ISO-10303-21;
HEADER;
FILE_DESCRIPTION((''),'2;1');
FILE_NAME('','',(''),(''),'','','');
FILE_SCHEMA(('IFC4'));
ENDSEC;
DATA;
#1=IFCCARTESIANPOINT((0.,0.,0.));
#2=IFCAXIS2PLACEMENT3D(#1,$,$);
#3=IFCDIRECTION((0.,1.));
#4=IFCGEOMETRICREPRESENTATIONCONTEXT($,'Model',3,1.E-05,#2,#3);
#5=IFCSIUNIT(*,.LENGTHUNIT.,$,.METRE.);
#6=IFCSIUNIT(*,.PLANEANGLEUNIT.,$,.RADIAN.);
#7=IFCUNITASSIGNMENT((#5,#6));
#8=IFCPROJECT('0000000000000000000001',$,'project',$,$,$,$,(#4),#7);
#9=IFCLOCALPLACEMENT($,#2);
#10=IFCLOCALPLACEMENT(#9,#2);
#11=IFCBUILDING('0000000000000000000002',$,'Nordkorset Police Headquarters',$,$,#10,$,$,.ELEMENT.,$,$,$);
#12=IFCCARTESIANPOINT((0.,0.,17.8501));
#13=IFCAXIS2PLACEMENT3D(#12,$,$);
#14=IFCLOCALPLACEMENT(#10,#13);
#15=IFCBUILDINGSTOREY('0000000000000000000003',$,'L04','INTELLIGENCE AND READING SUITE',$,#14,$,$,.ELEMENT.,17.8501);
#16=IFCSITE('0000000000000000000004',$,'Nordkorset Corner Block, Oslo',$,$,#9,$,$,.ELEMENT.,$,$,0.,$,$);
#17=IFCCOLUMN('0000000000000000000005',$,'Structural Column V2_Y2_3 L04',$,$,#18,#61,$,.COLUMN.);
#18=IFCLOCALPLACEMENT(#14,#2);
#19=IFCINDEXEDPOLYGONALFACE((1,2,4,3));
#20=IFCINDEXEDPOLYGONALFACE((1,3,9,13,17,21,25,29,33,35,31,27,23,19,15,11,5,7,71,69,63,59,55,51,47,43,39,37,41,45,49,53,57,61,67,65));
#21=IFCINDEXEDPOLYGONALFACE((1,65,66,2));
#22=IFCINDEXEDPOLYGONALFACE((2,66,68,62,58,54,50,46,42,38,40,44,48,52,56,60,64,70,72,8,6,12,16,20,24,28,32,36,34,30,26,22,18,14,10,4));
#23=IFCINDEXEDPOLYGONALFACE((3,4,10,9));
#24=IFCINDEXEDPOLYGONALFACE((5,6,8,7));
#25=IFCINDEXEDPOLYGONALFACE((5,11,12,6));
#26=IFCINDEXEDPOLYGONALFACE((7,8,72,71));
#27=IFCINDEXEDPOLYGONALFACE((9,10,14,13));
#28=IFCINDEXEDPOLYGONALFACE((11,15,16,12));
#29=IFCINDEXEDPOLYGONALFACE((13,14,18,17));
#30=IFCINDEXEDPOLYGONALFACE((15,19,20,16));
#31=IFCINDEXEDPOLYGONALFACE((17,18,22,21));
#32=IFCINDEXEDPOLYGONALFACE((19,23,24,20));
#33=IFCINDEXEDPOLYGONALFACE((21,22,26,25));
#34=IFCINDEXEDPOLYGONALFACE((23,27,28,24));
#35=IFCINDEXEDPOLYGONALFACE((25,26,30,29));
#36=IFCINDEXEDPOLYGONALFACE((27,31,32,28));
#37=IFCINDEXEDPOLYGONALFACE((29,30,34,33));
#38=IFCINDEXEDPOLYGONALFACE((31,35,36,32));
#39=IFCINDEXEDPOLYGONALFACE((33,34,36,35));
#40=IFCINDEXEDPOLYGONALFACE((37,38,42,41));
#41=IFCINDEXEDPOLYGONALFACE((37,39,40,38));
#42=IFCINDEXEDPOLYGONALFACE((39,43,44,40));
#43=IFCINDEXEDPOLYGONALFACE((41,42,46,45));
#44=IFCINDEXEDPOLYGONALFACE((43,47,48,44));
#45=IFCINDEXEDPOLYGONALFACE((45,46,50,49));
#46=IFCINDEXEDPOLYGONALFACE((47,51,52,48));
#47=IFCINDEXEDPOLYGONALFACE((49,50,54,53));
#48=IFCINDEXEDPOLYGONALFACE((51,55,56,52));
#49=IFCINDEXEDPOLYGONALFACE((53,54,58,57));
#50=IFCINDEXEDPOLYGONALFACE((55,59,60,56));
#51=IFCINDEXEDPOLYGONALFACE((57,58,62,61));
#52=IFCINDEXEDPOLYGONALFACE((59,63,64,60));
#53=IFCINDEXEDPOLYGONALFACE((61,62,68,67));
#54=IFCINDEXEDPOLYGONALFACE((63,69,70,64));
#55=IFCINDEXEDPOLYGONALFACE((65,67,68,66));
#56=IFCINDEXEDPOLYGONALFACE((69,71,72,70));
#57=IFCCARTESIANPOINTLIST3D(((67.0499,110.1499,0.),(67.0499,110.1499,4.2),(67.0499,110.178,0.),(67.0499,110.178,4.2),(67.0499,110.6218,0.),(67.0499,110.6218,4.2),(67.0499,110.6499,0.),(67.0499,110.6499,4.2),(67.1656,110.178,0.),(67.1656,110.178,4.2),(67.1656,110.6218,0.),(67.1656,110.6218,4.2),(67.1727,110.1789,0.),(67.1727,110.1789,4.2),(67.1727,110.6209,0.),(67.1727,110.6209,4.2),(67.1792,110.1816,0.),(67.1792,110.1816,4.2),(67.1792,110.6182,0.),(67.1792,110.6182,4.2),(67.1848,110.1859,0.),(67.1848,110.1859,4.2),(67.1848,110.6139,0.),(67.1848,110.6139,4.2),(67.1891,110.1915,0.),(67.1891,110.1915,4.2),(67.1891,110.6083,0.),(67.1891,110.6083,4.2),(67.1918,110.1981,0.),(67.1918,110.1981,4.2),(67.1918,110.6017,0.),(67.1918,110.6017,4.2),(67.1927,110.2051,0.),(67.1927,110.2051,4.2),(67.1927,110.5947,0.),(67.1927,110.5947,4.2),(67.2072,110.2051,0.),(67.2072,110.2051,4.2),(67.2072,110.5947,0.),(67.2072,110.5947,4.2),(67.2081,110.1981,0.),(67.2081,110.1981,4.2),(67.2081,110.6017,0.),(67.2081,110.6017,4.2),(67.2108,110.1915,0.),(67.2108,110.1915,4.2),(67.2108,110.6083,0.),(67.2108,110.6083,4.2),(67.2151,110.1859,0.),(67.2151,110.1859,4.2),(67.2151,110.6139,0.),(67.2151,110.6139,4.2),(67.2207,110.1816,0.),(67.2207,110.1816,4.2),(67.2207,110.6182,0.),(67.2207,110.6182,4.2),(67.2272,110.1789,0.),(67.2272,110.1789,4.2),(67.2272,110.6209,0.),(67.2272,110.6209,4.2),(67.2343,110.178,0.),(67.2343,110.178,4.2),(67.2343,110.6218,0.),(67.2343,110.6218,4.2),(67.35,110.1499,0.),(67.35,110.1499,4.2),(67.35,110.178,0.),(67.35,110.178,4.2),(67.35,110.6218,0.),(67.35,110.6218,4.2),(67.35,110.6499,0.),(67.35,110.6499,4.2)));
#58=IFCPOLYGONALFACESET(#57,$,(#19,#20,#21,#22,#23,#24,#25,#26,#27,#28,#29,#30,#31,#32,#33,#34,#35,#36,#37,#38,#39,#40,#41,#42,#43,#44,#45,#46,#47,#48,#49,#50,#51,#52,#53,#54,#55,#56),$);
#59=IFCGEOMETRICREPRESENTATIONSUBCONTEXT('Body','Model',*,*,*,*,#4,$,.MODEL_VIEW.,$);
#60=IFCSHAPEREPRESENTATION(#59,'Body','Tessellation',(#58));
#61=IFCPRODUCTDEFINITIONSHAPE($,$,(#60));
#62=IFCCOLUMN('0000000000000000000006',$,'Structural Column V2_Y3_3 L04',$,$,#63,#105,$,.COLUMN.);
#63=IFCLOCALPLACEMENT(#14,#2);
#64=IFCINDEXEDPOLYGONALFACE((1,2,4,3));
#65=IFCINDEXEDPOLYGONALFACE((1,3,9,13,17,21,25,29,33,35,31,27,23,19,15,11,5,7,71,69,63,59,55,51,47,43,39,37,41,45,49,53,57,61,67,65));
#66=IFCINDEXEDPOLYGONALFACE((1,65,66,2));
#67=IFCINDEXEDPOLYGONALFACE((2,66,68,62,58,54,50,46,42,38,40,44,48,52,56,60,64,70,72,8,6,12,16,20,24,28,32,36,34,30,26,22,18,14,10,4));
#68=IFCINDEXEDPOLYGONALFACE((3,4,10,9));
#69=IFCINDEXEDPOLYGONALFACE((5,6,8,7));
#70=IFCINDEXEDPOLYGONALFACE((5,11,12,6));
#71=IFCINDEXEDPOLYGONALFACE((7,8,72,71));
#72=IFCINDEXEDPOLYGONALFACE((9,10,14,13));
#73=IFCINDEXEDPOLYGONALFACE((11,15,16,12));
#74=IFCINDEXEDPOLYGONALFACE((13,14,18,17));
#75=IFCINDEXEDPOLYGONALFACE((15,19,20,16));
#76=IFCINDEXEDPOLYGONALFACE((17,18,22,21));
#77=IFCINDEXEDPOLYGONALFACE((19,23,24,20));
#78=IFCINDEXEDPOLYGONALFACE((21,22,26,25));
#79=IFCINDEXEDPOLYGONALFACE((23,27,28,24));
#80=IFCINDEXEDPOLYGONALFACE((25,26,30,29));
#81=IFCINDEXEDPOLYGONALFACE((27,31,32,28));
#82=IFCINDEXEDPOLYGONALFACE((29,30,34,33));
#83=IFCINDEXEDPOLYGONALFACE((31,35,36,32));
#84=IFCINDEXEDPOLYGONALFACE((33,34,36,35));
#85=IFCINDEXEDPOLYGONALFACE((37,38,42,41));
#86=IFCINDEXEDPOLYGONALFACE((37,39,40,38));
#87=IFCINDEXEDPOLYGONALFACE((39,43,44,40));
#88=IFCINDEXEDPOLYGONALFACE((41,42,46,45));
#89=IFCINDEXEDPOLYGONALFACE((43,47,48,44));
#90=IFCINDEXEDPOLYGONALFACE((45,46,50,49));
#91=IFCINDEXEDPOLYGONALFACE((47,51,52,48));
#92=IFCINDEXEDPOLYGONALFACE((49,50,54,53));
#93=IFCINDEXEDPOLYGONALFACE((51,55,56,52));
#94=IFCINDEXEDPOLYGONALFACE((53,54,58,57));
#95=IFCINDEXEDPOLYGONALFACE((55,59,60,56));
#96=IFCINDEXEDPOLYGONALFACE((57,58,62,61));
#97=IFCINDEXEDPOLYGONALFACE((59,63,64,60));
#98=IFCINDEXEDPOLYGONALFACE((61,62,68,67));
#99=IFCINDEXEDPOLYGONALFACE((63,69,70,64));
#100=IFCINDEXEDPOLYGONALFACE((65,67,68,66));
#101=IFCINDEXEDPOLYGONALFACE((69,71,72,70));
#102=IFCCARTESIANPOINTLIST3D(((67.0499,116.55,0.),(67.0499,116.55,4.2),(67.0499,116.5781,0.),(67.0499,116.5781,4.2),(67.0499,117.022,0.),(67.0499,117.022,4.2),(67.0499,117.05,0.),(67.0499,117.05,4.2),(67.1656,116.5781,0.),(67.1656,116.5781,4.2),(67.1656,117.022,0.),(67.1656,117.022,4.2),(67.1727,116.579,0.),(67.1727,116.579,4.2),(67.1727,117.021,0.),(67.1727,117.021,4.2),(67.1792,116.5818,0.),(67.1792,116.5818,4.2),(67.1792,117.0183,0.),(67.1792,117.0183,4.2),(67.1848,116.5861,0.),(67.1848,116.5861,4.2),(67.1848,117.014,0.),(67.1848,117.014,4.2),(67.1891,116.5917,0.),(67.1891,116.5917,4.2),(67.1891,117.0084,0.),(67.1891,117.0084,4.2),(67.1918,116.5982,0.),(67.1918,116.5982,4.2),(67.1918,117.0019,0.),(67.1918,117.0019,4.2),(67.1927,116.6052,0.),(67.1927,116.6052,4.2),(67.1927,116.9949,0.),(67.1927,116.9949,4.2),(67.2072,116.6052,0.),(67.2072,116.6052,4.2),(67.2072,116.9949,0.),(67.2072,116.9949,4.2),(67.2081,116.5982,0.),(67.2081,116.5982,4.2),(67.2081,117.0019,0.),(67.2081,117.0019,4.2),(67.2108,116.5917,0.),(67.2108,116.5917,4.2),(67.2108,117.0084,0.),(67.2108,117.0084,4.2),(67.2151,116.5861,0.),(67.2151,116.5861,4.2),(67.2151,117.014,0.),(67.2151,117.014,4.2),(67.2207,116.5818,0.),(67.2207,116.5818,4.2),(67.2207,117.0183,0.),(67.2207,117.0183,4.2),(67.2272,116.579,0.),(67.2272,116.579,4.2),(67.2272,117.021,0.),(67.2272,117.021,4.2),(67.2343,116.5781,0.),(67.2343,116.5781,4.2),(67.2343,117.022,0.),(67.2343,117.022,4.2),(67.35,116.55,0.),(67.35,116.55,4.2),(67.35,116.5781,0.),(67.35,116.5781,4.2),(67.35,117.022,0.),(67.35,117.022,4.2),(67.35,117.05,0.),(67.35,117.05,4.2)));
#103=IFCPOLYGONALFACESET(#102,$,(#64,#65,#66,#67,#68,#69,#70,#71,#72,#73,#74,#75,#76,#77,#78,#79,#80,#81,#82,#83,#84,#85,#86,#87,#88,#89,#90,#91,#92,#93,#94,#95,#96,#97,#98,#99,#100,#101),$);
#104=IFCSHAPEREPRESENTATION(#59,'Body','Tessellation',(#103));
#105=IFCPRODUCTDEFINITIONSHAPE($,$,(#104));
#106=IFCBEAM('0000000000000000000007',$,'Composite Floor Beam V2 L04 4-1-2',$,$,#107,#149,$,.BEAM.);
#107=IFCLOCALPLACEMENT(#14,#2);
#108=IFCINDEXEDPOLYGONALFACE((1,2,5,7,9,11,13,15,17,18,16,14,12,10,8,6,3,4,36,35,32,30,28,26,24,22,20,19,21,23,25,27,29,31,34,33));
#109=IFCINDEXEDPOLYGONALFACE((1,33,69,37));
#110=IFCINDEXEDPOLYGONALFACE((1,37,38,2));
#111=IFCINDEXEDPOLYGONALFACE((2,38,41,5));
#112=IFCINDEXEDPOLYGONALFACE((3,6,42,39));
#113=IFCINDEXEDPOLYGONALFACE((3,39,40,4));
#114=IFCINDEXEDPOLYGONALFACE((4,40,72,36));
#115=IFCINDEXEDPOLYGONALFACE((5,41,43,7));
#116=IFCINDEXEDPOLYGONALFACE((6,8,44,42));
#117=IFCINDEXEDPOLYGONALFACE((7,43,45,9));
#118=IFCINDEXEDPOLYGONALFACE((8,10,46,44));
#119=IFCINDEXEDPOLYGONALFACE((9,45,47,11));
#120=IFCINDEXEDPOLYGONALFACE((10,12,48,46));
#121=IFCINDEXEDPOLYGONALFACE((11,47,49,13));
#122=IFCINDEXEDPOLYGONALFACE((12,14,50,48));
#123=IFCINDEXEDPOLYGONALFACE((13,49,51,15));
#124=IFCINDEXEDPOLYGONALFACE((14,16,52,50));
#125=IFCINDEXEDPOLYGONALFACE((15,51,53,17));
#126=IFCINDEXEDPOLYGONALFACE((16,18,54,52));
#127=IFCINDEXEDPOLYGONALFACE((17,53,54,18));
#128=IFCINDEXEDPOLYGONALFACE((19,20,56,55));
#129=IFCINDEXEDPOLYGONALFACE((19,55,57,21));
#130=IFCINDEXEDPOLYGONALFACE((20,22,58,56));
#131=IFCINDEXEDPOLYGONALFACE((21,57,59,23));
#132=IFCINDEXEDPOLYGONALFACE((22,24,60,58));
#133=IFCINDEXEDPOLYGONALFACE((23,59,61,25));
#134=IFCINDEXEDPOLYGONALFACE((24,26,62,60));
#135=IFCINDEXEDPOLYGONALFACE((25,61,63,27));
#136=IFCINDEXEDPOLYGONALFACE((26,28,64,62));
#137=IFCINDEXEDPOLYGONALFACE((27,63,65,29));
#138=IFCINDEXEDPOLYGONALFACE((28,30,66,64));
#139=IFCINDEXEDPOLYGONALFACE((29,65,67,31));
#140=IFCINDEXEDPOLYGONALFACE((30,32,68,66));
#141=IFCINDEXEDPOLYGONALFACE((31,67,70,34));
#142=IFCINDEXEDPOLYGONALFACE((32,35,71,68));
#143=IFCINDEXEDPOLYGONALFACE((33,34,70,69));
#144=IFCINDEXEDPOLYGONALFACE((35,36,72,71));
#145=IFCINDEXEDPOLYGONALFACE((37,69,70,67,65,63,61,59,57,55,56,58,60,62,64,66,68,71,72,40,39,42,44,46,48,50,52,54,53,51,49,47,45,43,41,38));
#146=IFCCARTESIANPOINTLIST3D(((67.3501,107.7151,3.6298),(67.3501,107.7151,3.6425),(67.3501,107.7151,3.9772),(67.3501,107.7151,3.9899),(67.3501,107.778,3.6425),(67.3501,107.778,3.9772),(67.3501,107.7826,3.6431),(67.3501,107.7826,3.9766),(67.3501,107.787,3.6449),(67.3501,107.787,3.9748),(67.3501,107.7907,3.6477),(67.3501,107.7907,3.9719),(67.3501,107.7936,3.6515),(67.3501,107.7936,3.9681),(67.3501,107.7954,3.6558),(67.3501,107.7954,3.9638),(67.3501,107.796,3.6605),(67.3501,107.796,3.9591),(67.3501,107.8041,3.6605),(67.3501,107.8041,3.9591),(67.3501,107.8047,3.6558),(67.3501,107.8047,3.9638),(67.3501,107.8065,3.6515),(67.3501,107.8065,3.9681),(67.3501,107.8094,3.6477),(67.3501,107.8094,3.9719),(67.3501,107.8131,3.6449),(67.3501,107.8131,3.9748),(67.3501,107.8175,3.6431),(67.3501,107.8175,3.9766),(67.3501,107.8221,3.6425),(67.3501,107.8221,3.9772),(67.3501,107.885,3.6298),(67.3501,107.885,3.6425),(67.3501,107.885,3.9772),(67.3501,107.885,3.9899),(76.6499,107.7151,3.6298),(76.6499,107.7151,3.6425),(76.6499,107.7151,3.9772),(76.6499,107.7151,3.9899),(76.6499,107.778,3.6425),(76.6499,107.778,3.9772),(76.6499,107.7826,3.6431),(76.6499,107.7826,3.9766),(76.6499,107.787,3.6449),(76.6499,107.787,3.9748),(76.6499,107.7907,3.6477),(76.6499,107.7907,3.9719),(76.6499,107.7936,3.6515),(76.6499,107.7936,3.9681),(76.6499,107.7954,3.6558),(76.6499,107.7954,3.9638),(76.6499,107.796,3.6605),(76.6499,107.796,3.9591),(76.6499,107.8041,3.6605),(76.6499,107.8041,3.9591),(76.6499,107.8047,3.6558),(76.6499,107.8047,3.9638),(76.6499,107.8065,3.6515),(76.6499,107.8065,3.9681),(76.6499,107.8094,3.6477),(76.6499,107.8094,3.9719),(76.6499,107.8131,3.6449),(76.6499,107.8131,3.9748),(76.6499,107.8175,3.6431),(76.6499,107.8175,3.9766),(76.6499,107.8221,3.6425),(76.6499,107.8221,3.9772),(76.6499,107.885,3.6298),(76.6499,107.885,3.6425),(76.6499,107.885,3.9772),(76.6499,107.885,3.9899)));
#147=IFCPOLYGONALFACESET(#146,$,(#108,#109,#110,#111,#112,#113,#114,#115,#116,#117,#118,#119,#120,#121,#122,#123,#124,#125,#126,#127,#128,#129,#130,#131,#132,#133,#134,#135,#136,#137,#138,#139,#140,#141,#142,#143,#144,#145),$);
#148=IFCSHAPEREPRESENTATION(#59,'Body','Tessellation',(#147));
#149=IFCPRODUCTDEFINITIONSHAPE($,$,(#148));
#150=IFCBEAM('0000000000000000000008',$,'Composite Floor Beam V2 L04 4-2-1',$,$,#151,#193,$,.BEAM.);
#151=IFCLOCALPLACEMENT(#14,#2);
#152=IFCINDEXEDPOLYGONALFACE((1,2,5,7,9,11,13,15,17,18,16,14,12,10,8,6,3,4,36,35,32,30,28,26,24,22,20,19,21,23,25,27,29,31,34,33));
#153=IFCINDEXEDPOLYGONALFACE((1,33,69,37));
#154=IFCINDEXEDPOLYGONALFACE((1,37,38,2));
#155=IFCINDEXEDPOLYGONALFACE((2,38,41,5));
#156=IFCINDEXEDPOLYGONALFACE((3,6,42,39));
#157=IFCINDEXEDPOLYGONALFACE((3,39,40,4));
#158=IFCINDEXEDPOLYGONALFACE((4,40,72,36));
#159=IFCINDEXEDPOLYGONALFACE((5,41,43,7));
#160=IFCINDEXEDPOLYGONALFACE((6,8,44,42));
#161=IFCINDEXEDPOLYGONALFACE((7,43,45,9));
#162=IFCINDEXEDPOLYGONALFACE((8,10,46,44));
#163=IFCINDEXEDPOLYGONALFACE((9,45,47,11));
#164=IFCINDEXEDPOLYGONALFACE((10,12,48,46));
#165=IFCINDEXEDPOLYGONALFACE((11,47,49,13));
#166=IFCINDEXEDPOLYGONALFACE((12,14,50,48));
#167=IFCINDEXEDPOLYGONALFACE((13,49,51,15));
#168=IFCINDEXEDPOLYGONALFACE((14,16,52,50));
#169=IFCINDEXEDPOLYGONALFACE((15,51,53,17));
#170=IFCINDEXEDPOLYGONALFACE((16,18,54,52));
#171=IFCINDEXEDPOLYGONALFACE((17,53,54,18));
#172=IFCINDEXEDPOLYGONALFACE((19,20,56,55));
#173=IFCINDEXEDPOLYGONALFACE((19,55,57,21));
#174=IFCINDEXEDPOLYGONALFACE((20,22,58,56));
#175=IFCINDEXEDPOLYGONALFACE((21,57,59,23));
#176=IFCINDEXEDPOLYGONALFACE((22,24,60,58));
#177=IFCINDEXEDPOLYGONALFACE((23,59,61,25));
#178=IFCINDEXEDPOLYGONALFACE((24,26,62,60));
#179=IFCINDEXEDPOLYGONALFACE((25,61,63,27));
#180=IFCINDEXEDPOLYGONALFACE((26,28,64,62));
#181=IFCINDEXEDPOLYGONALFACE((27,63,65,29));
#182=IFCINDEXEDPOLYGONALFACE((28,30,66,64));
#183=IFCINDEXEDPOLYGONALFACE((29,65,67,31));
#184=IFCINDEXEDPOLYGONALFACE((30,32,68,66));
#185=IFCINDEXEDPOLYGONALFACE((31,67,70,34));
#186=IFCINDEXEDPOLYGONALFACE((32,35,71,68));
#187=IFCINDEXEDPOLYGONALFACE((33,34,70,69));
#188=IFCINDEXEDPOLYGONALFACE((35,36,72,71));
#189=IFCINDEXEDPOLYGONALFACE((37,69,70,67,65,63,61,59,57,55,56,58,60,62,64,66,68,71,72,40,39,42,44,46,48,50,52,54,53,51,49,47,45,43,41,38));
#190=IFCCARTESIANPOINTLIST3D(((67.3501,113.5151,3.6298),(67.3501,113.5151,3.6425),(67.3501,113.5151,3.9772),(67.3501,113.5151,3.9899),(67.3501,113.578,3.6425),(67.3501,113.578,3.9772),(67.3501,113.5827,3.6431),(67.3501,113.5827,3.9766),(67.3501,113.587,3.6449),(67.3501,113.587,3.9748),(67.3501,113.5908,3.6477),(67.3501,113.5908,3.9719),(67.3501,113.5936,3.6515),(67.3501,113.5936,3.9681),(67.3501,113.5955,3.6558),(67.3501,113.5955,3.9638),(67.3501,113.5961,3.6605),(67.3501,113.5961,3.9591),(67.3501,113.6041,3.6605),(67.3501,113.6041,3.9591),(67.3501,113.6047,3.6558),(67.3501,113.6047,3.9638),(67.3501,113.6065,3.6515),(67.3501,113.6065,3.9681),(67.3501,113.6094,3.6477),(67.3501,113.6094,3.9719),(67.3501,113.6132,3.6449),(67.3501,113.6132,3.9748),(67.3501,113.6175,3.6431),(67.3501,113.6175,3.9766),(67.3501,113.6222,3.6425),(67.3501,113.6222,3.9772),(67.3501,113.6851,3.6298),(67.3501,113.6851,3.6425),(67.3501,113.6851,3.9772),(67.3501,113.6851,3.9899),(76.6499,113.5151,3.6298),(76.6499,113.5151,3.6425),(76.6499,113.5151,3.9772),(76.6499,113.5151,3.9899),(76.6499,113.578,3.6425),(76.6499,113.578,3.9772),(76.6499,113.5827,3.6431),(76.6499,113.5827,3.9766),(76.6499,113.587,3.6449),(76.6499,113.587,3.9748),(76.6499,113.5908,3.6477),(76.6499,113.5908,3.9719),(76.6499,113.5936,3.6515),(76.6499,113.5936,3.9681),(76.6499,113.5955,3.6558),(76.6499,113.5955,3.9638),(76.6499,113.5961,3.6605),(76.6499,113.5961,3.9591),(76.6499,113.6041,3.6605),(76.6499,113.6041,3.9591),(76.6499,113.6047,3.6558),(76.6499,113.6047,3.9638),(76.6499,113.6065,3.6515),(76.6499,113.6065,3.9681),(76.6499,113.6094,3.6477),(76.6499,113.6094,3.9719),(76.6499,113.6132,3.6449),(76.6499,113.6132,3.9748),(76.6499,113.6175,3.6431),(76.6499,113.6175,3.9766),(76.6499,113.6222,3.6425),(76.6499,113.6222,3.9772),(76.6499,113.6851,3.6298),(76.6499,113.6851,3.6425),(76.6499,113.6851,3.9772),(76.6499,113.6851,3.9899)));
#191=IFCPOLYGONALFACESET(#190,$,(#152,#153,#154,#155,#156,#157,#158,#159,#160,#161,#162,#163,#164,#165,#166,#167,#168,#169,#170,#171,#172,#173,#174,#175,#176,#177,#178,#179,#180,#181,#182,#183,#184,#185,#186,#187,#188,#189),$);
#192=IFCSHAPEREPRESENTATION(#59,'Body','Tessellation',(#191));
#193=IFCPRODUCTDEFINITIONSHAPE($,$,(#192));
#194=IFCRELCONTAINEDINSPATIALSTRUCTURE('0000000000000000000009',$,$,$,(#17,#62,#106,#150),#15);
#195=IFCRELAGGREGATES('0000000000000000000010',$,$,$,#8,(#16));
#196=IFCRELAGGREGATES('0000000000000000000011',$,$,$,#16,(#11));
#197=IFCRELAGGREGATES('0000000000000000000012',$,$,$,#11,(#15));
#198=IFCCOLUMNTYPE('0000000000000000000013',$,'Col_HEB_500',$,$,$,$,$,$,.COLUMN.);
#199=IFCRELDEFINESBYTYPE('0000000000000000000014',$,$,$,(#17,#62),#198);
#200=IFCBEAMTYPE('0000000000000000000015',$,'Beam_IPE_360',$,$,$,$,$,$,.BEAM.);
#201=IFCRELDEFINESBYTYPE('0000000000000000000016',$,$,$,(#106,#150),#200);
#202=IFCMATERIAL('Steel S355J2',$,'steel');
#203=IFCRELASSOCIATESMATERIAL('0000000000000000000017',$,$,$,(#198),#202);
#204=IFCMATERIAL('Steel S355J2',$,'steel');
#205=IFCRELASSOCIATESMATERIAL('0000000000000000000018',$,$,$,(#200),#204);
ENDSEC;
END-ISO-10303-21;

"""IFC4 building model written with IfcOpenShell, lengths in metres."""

from ifc_helpers import new_model, si_unit, direction, frame, origin, origin_2d, place, context, subcontext, project, spatial, i_section, extrude, material, material_profile, profile_set, type_object, element, save


model = new_model("IFC4")

# Units and contexts
model_context = context("Model", 3, precision=1e-05, world=origin(), true_north=direction((0.0, 1.0)))
body_context = subcontext(model_context, "Body", "Model", "MODEL_VIEW")
ifc_project = project(units=[si_unit("LENGTHUNIT", "METRE"), si_unit("PLANEANGLEUNIT", "RADIAN")], contexts=[model_context])

# Site, building, storey
site_placement = place(None, origin())
site = spatial("IfcSite", under=ifc_project, at=site_placement, Name="Nordkorset Corner Block, Oslo", CompositionType="ELEMENT", RefElevation=0.0)
building_placement = place(site_placement, origin())
building = spatial("IfcBuilding", under=site, at=building_placement, Name="Nordkorset Police Headquarters", CompositionType="ELEMENT")
storey_placement = place(building_placement, frame((0.0, 0.0, 17.8501)))
storey = spatial("IfcBuildingStorey", under=building, at=storey_placement, Name="L04", Description="INTELLIGENCE AND READING SUITE", CompositionType="ELEMENT", Elevation=17.8501)

# Columns
ifc_material_1 = material(Name="Steel S355J2", Category="steel")
ifc_material_profile_1 = material_profile(ifc_material_1, i_section(OverallWidth=0.3, OverallDepth=0.5, WebThickness=0.0144, FlangeThickness=0.0281, FilletRadius=0.0271, at=origin_2d()), Name="HEB 500")
ifc_profile_set_1 = profile_set([ifc_material_profile_1], Name="Steel S355J2")
column_type = type_object("IfcColumnType", Name="Col_HEB_500", PredefinedType="COLUMN", material=ifc_profile_set_1)
for number, where, z_axis, x_axis, name in (
    (1, (67.2, 110.3999, 0.0), (0.0, 0.0, 1.0), (1.0, 0.0, 0.0), "Structural Column V2_Y2_3 L04"),
    (2, (67.2, 116.8, 0.0), (0.0, 0.0, 1.0), (1.0, 0.0, 0.0), "Structural Column V2_Y3_3 L04"),
):
    element("IfcColumn", number, at=place(storey_placement, frame(where, z_axis=z_axis, x_axis=x_axis)), inside=storey, type_object=column_type, Name=name, PredefinedType="COLUMN", context=body_context, shape_type="SweptSolid", body=[
        extrude(i_section(OverallWidth=0.3, OverallDepth=0.5, WebThickness=0.0144, FlangeThickness=0.0281, FilletRadius=0.0271, at=origin_2d()), origin(), (0.0, 0.0, 1.0), 4.2),
    ])

# Beams
ifc_material_2 = material(Name="Steel S355J2", Category="steel")
ifc_material_profile_2 = material_profile(ifc_material_2, i_section(OverallWidth=0.1699, OverallDepth=0.3601, WebThickness=0.0081, FlangeThickness=0.0127, FilletRadius=0.0181, at=origin_2d()), Name="IPE 360")
ifc_profile_set_2 = profile_set([ifc_material_profile_2], Name="Steel S355J2")
beam_type_1 = type_object("IfcBeamType", Name="Beam_IPE_360", PredefinedType="BEAM", material=ifc_profile_set_2)
for number, where, z_axis, x_axis, name in (
    (3, (67.3501, 107.8, 3.8098), (1.0, 0.0, 0.0), (0.0, 1.0, 0.0), "Composite Floor Beam V2 L04 4-1-2"),
    (4, (67.3501, 113.6001, 3.8098), (1.0, 0.0, 0.0), (0.0, 1.0, 0.0), "Composite Floor Beam V2 L04 4-2-1"),
):
    element("IfcBeam", number, at=place(storey_placement, frame(where, z_axis=z_axis, x_axis=x_axis)), inside=storey, type_object=beam_type_1, Name=name, PredefinedType="BEAM", context=body_context, shape_type="SweptSolid", body=[
        extrude(i_section(OverallWidth=0.1699, OverallDepth=0.3601, WebThickness=0.0081, FlangeThickness=0.0127, FilletRadius=0.0181, at=origin_2d()), origin(), (0.0, 0.0, 1.0), 9.2998),
    ])

save(model, "model.ifc")
